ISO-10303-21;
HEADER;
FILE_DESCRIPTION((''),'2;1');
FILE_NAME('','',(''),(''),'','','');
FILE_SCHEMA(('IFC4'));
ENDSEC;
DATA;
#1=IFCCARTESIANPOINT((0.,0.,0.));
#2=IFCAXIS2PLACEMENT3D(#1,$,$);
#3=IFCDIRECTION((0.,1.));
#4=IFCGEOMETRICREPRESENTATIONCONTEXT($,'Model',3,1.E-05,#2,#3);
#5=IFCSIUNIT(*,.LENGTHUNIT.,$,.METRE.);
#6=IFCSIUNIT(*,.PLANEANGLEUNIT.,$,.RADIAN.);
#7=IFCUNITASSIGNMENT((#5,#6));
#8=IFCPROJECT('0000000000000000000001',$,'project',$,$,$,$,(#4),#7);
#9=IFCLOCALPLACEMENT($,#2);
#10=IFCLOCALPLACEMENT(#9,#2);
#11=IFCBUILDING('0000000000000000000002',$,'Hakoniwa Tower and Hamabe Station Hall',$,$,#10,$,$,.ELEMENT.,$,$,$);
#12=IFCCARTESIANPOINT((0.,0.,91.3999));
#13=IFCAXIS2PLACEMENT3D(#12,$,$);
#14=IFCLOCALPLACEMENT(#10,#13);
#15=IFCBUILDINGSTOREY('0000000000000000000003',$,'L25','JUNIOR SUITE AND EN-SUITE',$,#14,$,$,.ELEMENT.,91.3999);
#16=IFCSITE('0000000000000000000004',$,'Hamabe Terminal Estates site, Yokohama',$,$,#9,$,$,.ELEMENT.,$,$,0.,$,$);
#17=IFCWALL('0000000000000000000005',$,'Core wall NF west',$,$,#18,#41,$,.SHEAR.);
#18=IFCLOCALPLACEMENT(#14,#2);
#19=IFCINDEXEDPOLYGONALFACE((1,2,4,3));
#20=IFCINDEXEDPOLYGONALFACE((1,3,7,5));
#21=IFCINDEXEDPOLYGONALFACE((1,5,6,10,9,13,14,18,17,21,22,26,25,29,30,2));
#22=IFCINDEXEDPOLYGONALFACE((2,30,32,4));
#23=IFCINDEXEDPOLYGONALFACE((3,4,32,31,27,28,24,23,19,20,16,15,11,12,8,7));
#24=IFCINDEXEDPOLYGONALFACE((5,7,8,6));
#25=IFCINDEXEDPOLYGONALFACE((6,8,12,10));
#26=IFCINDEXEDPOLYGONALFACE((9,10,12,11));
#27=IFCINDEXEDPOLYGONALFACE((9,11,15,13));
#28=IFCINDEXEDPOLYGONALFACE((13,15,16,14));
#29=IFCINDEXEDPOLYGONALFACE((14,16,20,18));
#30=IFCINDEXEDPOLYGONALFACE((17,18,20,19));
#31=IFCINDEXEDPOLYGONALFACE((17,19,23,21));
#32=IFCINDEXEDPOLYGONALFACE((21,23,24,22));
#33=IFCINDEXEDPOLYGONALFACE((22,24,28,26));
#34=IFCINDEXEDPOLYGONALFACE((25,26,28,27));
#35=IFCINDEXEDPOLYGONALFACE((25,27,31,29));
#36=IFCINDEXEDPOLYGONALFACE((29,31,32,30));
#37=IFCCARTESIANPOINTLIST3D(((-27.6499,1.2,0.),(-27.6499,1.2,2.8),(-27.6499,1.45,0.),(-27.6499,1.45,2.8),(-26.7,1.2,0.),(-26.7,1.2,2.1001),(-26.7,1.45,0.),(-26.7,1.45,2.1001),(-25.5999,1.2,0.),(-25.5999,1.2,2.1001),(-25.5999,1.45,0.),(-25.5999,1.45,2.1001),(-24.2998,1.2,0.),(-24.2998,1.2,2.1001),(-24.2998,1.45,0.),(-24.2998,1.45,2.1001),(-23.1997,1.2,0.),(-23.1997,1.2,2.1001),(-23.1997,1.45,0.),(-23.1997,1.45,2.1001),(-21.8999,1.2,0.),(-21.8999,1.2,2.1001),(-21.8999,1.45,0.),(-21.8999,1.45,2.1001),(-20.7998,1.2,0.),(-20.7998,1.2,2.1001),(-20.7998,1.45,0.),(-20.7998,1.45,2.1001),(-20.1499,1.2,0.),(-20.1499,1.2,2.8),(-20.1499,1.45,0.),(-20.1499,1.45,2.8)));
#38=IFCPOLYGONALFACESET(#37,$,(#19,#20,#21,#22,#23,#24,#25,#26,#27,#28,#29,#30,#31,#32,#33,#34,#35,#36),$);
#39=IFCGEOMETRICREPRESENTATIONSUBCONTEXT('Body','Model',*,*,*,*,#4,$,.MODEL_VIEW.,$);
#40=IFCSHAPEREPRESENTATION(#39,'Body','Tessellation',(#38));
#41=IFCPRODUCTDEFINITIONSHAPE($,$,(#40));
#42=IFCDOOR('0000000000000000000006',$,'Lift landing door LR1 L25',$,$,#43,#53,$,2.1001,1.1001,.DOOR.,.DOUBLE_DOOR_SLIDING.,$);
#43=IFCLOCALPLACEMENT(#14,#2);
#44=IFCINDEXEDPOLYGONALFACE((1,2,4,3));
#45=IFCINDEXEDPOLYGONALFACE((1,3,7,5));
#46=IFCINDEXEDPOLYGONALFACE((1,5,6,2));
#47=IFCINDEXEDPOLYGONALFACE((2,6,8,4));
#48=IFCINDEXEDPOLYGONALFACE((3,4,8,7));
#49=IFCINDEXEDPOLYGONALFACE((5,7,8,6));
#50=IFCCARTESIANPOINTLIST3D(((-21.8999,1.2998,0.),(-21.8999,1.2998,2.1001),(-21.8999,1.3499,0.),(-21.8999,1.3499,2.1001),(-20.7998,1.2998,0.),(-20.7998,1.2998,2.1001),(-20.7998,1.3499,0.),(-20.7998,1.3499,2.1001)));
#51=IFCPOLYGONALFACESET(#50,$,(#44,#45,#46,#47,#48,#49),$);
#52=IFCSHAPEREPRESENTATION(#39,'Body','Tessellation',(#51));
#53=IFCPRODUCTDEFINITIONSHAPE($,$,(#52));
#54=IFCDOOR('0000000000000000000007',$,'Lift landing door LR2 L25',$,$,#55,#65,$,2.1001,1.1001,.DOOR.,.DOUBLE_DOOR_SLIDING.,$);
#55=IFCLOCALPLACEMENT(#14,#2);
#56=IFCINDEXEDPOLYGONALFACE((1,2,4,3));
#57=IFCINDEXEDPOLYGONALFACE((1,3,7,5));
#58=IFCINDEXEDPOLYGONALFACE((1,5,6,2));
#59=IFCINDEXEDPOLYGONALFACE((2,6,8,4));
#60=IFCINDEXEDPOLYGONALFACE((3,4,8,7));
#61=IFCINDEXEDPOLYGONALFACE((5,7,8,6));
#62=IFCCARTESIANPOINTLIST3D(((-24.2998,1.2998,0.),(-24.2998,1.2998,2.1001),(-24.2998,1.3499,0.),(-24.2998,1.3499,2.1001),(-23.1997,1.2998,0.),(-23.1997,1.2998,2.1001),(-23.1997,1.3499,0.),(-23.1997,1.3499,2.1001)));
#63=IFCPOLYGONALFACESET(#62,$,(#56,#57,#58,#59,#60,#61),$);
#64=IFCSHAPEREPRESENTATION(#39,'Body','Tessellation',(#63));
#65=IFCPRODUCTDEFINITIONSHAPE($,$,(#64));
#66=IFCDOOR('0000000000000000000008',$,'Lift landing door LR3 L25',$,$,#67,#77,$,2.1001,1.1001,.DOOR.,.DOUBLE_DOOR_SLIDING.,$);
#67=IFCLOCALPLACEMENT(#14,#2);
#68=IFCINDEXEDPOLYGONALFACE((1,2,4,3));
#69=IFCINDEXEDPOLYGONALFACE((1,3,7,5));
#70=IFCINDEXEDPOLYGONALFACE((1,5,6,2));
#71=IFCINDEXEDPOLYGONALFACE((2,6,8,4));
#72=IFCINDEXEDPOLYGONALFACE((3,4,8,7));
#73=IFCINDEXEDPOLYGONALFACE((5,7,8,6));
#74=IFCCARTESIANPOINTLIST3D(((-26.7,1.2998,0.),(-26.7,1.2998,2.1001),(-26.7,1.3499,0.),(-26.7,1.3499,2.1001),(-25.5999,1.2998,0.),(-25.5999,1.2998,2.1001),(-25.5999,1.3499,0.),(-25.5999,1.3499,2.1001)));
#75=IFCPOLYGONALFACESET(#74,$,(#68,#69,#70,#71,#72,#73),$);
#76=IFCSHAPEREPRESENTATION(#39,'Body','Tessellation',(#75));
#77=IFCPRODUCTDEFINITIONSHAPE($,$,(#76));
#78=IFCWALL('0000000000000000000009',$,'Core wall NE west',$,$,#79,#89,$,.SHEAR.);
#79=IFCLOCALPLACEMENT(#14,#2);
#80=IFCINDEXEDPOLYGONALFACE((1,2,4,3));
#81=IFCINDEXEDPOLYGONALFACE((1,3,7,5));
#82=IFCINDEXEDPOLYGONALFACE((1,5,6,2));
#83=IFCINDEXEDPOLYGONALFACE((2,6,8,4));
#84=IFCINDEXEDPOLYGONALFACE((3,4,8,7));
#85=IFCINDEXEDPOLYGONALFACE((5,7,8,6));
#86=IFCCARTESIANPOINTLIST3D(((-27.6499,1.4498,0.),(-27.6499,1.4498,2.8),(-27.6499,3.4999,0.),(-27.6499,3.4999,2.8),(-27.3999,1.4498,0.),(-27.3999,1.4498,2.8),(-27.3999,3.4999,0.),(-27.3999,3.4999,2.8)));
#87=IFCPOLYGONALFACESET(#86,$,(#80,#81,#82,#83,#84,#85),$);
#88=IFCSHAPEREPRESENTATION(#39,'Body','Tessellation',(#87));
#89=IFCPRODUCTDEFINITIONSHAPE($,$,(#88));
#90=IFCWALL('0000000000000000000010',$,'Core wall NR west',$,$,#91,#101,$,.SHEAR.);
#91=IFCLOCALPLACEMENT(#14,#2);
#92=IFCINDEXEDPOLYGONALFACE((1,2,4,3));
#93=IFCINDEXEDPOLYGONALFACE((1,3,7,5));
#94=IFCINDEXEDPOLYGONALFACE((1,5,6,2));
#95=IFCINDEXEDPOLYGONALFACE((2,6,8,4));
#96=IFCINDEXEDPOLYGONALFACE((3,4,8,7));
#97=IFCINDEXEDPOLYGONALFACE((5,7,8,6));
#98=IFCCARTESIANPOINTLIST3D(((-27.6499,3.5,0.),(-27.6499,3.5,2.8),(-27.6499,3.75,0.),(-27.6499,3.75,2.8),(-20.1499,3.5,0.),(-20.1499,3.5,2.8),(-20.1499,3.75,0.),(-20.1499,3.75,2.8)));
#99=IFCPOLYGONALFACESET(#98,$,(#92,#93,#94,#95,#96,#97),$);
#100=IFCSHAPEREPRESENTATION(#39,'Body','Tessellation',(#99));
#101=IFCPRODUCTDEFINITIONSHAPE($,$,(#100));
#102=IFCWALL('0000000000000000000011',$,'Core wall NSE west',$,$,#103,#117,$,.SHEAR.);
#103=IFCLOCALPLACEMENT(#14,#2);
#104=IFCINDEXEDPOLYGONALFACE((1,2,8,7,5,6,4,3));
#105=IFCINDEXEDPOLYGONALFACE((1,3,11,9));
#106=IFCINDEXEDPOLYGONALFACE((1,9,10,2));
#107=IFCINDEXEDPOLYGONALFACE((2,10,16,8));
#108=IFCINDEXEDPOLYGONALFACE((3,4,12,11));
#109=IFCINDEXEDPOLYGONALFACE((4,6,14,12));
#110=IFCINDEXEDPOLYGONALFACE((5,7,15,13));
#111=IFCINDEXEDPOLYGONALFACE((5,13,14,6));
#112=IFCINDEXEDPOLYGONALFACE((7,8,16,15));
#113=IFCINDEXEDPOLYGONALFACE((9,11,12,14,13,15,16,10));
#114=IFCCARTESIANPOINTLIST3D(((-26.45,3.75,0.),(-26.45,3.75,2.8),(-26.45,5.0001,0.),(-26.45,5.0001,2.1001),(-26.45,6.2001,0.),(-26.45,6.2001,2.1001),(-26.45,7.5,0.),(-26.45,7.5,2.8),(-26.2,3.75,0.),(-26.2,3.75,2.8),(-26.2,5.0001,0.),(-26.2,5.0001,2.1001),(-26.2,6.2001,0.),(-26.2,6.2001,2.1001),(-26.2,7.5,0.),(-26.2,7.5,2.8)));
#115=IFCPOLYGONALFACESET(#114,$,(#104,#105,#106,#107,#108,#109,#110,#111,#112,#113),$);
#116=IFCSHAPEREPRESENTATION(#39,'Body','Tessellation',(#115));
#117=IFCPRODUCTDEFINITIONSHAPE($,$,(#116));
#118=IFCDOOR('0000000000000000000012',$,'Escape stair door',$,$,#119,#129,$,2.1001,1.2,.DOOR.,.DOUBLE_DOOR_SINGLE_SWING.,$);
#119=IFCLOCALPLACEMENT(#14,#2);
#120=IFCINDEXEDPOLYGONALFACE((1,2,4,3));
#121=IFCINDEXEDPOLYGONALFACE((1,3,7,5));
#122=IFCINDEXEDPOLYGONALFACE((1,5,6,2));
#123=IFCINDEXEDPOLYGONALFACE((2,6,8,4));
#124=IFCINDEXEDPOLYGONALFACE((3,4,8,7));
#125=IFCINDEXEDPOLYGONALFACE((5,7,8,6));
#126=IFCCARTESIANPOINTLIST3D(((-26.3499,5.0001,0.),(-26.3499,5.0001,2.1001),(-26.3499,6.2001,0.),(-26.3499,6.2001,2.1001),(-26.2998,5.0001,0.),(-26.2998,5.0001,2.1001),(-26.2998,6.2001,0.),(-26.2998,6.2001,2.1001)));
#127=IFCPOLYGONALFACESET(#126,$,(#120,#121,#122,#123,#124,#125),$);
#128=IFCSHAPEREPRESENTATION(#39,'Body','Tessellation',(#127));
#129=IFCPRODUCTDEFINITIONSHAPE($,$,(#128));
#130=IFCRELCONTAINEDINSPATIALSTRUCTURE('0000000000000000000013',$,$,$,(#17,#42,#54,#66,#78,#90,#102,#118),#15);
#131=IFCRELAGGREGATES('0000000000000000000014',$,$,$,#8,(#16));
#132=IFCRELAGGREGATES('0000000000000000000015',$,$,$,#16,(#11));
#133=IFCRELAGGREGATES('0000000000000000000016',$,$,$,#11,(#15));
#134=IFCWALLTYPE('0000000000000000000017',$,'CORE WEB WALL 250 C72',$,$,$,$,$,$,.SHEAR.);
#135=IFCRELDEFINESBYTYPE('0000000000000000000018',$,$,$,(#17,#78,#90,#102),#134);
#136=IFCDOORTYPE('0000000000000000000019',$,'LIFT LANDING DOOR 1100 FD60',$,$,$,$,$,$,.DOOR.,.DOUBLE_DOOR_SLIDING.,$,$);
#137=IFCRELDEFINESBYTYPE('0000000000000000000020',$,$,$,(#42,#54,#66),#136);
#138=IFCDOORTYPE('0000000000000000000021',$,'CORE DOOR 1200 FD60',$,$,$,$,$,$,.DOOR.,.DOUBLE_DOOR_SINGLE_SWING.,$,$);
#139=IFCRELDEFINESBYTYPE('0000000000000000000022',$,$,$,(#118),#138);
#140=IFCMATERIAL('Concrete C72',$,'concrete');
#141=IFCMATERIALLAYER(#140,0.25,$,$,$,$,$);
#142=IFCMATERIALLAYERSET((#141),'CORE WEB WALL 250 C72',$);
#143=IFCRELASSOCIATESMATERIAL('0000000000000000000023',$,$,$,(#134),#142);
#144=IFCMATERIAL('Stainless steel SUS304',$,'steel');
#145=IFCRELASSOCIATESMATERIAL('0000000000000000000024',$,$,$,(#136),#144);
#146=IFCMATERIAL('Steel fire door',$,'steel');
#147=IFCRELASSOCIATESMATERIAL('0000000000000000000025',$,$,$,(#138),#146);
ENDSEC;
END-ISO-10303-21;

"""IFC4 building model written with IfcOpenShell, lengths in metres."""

from ifc_helpers import new_model, si_unit, direction, frame, frame_2d, origin, place, context, subcontext, project, spatial, rectangle, extrude, material, layer, layer_set, type_object, element, fill, save


model = new_model("IFC4")

# Units and contexts
model_context = context("Model", 3, precision=1e-05, world=origin(), true_north=direction((0.0, 1.0)))
body_context = subcontext(model_context, "Body", "Model", "MODEL_VIEW")
ifc_project = project(units=[si_unit("LENGTHUNIT", "METRE"), si_unit("PLANEANGLEUNIT", "RADIAN")], contexts=[model_context])

# Site, building, storey
site_placement = place(None, origin())
site = spatial("IfcSite", under=ifc_project, at=site_placement, Name="Hamabe Terminal Estates site, Yokohama", CompositionType="ELEMENT", RefElevation=0.0)
building_placement = place(site_placement, origin())
building = spatial("IfcBuilding", under=site, at=building_placement, Name="Hakoniwa Tower and Hamabe Station Hall", CompositionType="ELEMENT")
storey_placement = place(building_placement, frame((0.0, 0.0, 91.3999)))
storey = spatial("IfcBuildingStorey", under=building, at=storey_placement, Name="L25", Description="JUNIOR SUITE AND EN-SUITE", CompositionType="ELEMENT", Elevation=91.3999)

# Shared definitions
ifc_material_1 = material(Name="Concrete C72", Category="concrete")
ifc_layer_1 = layer(ifc_material_1, 0.25)
ifc_layer_set_1 = layer_set([ifc_layer_1], Name="CORE WEB WALL 250 C72")
wall_type_1 = type_object("IfcWallType", Name="CORE WEB WALL 250 C72", PredefinedType="SHEAR", material=ifc_layer_set_1)

# Wall, openings, doors
wall_1_placement = place(storey_placement, frame((-27.6499, 1.325, 0.0), z_axis=(0.0, 0.0, 1.0), x_axis=(1.0, 0.0, 0.0)))
wall_1 = element("IfcWall", 1, at=wall_1_placement, inside=storey, type_object=wall_type_1, Name="Core wall NF west", PredefinedType="SHEAR", context=body_context, shape_type="SweptSolid", body=[
    extrude(rectangle(XDim=7.5, YDim=0.25, at=frame_2d((3.75, 0.0))), origin(), (0.0, 0.0, 1.0), 2.8),
])
opening_1_placement = place(wall_1_placement, frame((5.75, 0.0, 0.0)))
opening_1 = element("IfcOpeningElement", 2, at=opening_1_placement, cuts=wall_1, PredefinedType="OPENING", context=body_context, shape_type="SweptSolid", body=[
    extrude(rectangle(XDim=1.1001, YDim=2.1001, at=frame_2d((0.55, 1.05))), frame((0.0, 0.135, 0.0), z_axis=(0.0, -1.0, 0.0), x_axis=(1.0, 0.0, 0.0)), (0.0, 0.0, 1.0), 0.27),
])
opening_2_placement = place(wall_1_placement, frame((3.3501, 0.0, 0.0)))
opening_2 = element("IfcOpeningElement", 3, at=opening_2_placement, cuts=wall_1, PredefinedType="OPENING", context=body_context, shape_type="SweptSolid", body=[
    extrude(rectangle(XDim=1.1001, YDim=2.1001, at=frame_2d((0.55, 1.05))), frame((0.0, 0.135, 0.0), z_axis=(0.0, -1.0, 0.0), x_axis=(1.0, 0.0, 0.0)), (0.0, 0.0, 1.0), 0.27),
])
opening_3_placement = place(wall_1_placement, frame((0.95, 0.0, 0.0)))
opening_3 = element("IfcOpeningElement", 4, at=opening_3_placement, cuts=wall_1, PredefinedType="OPENING", context=body_context, shape_type="SweptSolid", body=[
    extrude(rectangle(XDim=1.1001, YDim=2.1001, at=frame_2d((0.55, 1.05))), frame((0.0, 0.135, 0.0), z_axis=(0.0, -1.0, 0.0), x_axis=(1.0, 0.0, 0.0)), (0.0, 0.0, 1.0), 0.27),
])
ifc_material_2 = material(Name="Stainless steel SUS304", Category="steel")
door_type_1 = type_object("IfcDoorType", Name="LIFT LANDING DOOR 1100 FD60", OperationType="DOUBLE_DOOR_SLIDING", PredefinedType="DOOR", material=ifc_material_2)
door_1_placement = place(opening_1_placement, origin())
door_1 = element("IfcDoor", 5, at=door_1_placement, inside=storey, type_object=door_type_1, Name="Lift landing door LR1 L25", OperationType="DOUBLE_DOOR_SLIDING", OverallHeight=2.1001, OverallWidth=1.1001, PredefinedType="DOOR", context=body_context, shape_type="SweptSolid", body=[
    extrude(rectangle(XDim=1.1001, YDim=2.1001, at=frame_2d((0.55, 1.05))), frame((0.0, 0.0249, 0.0), z_axis=(0.0, -1.0, 0.0), x_axis=(1.0, 0.0, 0.0)), (0.0, 0.0, 1.0), 0.05),
])
fill(opening_1, door_1)
door_2_placement = place(opening_2_placement, origin())
door_2 = element("IfcDoor", 6, at=door_2_placement, inside=storey, type_object=door_type_1, Name="Lift landing door LR2 L25", OperationType="DOUBLE_DOOR_SLIDING", OverallHeight=2.1001, OverallWidth=1.1001, PredefinedType="DOOR", context=body_context, shape_type="SweptSolid", body=[
    extrude(rectangle(XDim=1.1001, YDim=2.1001, at=frame_2d((0.55, 1.05))), frame((0.0, 0.0249, 0.0), z_axis=(0.0, -1.0, 0.0), x_axis=(1.0, 0.0, 0.0)), (0.0, 0.0, 1.0), 0.05),
])
fill(opening_2, door_2)
door_3_placement = place(opening_3_placement, origin())
door_3 = element("IfcDoor", 7, at=door_3_placement, inside=storey, type_object=door_type_1, Name="Lift landing door LR3 L25", OperationType="DOUBLE_DOOR_SLIDING", OverallHeight=2.1001, OverallWidth=1.1001, PredefinedType="DOOR", context=body_context, shape_type="SweptSolid", body=[
    extrude(rectangle(XDim=1.1001, YDim=2.1001, at=frame_2d((0.55, 1.05))), frame((0.0, 0.0249, 0.0), z_axis=(0.0, -1.0, 0.0), x_axis=(1.0, 0.0, 0.0)), (0.0, 0.0, 1.0), 0.05),
])
fill(opening_3, door_3)

# Walls
wall_2_placement = place(storey_placement, frame((-27.5249, 1.45, 0.0), z_axis=(0.0, 0.0, 1.0), x_axis=(0.0, 1.0, 0.0)))
element("IfcWall", 8, at=wall_2_placement, inside=storey, type_object=wall_type_1, Name="Core wall NE west", PredefinedType="SHEAR", context=body_context, shape_type="SweptSolid", body=[
    extrude(rectangle(XDim=2.05, YDim=0.25, at=frame_2d((1.0249, 0.0))), origin(), (0.0, 0.0, 1.0), 2.8),
])
wall_3_placement = place(storey_placement, frame((-27.6499, 3.625, 0.0), z_axis=(0.0, 0.0, 1.0), x_axis=(1.0, 0.0, 0.0)))
element("IfcWall", 9, at=wall_3_placement, inside=storey, type_object=wall_type_1, Name="Core wall NR west", PredefinedType="SHEAR", context=body_context, shape_type="SweptSolid", body=[
    extrude(rectangle(XDim=7.5, YDim=0.25, at=frame_2d((3.75, 0.0))), origin(), (0.0, 0.0, 1.0), 2.8),
])

# Wall, opening, door
wall_4_placement = place(storey_placement, frame((-26.325, 3.75, 0.0), z_axis=(0.0, 0.0, 1.0), x_axis=(0.0, 1.0, 0.0)))
wall_4 = element("IfcWall", 10, at=wall_4_placement, inside=storey, type_object=wall_type_1, Name="Core wall NSE west", PredefinedType="SHEAR", context=body_context, shape_type="SweptSolid", body=[
    extrude(rectangle(XDim=3.75, YDim=0.25, at=frame_2d((1.875, 0.0))), origin(), (0.0, 0.0, 1.0), 2.8),
])
opening_4_placement = place(wall_4_placement, frame((1.25, 0.0, 0.0)))
opening_4 = element("IfcOpeningElement", 11, at=opening_4_placement, cuts=wall_4, PredefinedType="OPENING", context=body_context, shape_type="SweptSolid", body=[
    extrude(rectangle(XDim=1.2, YDim=2.1001, at=frame_2d((0.6001, 1.05))), frame((0.0, 0.135, 0.0), z_axis=(0.0, -1.0, 0.0), x_axis=(1.0, 0.0, 0.0)), (0.0, 0.0, 1.0), 0.27),
])
ifc_material_3 = material(Name="Steel fire door", Category="steel")
door_type_2 = type_object("IfcDoorType", Name="CORE DOOR 1200 FD60", OperationType="DOUBLE_DOOR_SINGLE_SWING", PredefinedType="DOOR", material=ifc_material_3)
door_4_placement = place(opening_4_placement, origin())
door_4 = element("IfcDoor", 12, at=door_4_placement, inside=storey, type_object=door_type_2, Name="Escape stair door", OperationType="DOUBLE_DOOR_SINGLE_SWING", OverallHeight=2.1001, OverallWidth=1.2, PredefinedType="DOOR", context=body_context, shape_type="SweptSolid", body=[
    extrude(rectangle(XDim=1.2, YDim=2.1001, at=frame_2d((0.6001, 1.05))), frame((0.0, 0.0249, 0.0), z_axis=(0.0, -1.0, 0.0), x_axis=(1.0, 0.0, 0.0)), (0.0, 0.0, 1.0), 0.05),
])
fill(opening_4, door_4)

save(model, "model.ifc")
